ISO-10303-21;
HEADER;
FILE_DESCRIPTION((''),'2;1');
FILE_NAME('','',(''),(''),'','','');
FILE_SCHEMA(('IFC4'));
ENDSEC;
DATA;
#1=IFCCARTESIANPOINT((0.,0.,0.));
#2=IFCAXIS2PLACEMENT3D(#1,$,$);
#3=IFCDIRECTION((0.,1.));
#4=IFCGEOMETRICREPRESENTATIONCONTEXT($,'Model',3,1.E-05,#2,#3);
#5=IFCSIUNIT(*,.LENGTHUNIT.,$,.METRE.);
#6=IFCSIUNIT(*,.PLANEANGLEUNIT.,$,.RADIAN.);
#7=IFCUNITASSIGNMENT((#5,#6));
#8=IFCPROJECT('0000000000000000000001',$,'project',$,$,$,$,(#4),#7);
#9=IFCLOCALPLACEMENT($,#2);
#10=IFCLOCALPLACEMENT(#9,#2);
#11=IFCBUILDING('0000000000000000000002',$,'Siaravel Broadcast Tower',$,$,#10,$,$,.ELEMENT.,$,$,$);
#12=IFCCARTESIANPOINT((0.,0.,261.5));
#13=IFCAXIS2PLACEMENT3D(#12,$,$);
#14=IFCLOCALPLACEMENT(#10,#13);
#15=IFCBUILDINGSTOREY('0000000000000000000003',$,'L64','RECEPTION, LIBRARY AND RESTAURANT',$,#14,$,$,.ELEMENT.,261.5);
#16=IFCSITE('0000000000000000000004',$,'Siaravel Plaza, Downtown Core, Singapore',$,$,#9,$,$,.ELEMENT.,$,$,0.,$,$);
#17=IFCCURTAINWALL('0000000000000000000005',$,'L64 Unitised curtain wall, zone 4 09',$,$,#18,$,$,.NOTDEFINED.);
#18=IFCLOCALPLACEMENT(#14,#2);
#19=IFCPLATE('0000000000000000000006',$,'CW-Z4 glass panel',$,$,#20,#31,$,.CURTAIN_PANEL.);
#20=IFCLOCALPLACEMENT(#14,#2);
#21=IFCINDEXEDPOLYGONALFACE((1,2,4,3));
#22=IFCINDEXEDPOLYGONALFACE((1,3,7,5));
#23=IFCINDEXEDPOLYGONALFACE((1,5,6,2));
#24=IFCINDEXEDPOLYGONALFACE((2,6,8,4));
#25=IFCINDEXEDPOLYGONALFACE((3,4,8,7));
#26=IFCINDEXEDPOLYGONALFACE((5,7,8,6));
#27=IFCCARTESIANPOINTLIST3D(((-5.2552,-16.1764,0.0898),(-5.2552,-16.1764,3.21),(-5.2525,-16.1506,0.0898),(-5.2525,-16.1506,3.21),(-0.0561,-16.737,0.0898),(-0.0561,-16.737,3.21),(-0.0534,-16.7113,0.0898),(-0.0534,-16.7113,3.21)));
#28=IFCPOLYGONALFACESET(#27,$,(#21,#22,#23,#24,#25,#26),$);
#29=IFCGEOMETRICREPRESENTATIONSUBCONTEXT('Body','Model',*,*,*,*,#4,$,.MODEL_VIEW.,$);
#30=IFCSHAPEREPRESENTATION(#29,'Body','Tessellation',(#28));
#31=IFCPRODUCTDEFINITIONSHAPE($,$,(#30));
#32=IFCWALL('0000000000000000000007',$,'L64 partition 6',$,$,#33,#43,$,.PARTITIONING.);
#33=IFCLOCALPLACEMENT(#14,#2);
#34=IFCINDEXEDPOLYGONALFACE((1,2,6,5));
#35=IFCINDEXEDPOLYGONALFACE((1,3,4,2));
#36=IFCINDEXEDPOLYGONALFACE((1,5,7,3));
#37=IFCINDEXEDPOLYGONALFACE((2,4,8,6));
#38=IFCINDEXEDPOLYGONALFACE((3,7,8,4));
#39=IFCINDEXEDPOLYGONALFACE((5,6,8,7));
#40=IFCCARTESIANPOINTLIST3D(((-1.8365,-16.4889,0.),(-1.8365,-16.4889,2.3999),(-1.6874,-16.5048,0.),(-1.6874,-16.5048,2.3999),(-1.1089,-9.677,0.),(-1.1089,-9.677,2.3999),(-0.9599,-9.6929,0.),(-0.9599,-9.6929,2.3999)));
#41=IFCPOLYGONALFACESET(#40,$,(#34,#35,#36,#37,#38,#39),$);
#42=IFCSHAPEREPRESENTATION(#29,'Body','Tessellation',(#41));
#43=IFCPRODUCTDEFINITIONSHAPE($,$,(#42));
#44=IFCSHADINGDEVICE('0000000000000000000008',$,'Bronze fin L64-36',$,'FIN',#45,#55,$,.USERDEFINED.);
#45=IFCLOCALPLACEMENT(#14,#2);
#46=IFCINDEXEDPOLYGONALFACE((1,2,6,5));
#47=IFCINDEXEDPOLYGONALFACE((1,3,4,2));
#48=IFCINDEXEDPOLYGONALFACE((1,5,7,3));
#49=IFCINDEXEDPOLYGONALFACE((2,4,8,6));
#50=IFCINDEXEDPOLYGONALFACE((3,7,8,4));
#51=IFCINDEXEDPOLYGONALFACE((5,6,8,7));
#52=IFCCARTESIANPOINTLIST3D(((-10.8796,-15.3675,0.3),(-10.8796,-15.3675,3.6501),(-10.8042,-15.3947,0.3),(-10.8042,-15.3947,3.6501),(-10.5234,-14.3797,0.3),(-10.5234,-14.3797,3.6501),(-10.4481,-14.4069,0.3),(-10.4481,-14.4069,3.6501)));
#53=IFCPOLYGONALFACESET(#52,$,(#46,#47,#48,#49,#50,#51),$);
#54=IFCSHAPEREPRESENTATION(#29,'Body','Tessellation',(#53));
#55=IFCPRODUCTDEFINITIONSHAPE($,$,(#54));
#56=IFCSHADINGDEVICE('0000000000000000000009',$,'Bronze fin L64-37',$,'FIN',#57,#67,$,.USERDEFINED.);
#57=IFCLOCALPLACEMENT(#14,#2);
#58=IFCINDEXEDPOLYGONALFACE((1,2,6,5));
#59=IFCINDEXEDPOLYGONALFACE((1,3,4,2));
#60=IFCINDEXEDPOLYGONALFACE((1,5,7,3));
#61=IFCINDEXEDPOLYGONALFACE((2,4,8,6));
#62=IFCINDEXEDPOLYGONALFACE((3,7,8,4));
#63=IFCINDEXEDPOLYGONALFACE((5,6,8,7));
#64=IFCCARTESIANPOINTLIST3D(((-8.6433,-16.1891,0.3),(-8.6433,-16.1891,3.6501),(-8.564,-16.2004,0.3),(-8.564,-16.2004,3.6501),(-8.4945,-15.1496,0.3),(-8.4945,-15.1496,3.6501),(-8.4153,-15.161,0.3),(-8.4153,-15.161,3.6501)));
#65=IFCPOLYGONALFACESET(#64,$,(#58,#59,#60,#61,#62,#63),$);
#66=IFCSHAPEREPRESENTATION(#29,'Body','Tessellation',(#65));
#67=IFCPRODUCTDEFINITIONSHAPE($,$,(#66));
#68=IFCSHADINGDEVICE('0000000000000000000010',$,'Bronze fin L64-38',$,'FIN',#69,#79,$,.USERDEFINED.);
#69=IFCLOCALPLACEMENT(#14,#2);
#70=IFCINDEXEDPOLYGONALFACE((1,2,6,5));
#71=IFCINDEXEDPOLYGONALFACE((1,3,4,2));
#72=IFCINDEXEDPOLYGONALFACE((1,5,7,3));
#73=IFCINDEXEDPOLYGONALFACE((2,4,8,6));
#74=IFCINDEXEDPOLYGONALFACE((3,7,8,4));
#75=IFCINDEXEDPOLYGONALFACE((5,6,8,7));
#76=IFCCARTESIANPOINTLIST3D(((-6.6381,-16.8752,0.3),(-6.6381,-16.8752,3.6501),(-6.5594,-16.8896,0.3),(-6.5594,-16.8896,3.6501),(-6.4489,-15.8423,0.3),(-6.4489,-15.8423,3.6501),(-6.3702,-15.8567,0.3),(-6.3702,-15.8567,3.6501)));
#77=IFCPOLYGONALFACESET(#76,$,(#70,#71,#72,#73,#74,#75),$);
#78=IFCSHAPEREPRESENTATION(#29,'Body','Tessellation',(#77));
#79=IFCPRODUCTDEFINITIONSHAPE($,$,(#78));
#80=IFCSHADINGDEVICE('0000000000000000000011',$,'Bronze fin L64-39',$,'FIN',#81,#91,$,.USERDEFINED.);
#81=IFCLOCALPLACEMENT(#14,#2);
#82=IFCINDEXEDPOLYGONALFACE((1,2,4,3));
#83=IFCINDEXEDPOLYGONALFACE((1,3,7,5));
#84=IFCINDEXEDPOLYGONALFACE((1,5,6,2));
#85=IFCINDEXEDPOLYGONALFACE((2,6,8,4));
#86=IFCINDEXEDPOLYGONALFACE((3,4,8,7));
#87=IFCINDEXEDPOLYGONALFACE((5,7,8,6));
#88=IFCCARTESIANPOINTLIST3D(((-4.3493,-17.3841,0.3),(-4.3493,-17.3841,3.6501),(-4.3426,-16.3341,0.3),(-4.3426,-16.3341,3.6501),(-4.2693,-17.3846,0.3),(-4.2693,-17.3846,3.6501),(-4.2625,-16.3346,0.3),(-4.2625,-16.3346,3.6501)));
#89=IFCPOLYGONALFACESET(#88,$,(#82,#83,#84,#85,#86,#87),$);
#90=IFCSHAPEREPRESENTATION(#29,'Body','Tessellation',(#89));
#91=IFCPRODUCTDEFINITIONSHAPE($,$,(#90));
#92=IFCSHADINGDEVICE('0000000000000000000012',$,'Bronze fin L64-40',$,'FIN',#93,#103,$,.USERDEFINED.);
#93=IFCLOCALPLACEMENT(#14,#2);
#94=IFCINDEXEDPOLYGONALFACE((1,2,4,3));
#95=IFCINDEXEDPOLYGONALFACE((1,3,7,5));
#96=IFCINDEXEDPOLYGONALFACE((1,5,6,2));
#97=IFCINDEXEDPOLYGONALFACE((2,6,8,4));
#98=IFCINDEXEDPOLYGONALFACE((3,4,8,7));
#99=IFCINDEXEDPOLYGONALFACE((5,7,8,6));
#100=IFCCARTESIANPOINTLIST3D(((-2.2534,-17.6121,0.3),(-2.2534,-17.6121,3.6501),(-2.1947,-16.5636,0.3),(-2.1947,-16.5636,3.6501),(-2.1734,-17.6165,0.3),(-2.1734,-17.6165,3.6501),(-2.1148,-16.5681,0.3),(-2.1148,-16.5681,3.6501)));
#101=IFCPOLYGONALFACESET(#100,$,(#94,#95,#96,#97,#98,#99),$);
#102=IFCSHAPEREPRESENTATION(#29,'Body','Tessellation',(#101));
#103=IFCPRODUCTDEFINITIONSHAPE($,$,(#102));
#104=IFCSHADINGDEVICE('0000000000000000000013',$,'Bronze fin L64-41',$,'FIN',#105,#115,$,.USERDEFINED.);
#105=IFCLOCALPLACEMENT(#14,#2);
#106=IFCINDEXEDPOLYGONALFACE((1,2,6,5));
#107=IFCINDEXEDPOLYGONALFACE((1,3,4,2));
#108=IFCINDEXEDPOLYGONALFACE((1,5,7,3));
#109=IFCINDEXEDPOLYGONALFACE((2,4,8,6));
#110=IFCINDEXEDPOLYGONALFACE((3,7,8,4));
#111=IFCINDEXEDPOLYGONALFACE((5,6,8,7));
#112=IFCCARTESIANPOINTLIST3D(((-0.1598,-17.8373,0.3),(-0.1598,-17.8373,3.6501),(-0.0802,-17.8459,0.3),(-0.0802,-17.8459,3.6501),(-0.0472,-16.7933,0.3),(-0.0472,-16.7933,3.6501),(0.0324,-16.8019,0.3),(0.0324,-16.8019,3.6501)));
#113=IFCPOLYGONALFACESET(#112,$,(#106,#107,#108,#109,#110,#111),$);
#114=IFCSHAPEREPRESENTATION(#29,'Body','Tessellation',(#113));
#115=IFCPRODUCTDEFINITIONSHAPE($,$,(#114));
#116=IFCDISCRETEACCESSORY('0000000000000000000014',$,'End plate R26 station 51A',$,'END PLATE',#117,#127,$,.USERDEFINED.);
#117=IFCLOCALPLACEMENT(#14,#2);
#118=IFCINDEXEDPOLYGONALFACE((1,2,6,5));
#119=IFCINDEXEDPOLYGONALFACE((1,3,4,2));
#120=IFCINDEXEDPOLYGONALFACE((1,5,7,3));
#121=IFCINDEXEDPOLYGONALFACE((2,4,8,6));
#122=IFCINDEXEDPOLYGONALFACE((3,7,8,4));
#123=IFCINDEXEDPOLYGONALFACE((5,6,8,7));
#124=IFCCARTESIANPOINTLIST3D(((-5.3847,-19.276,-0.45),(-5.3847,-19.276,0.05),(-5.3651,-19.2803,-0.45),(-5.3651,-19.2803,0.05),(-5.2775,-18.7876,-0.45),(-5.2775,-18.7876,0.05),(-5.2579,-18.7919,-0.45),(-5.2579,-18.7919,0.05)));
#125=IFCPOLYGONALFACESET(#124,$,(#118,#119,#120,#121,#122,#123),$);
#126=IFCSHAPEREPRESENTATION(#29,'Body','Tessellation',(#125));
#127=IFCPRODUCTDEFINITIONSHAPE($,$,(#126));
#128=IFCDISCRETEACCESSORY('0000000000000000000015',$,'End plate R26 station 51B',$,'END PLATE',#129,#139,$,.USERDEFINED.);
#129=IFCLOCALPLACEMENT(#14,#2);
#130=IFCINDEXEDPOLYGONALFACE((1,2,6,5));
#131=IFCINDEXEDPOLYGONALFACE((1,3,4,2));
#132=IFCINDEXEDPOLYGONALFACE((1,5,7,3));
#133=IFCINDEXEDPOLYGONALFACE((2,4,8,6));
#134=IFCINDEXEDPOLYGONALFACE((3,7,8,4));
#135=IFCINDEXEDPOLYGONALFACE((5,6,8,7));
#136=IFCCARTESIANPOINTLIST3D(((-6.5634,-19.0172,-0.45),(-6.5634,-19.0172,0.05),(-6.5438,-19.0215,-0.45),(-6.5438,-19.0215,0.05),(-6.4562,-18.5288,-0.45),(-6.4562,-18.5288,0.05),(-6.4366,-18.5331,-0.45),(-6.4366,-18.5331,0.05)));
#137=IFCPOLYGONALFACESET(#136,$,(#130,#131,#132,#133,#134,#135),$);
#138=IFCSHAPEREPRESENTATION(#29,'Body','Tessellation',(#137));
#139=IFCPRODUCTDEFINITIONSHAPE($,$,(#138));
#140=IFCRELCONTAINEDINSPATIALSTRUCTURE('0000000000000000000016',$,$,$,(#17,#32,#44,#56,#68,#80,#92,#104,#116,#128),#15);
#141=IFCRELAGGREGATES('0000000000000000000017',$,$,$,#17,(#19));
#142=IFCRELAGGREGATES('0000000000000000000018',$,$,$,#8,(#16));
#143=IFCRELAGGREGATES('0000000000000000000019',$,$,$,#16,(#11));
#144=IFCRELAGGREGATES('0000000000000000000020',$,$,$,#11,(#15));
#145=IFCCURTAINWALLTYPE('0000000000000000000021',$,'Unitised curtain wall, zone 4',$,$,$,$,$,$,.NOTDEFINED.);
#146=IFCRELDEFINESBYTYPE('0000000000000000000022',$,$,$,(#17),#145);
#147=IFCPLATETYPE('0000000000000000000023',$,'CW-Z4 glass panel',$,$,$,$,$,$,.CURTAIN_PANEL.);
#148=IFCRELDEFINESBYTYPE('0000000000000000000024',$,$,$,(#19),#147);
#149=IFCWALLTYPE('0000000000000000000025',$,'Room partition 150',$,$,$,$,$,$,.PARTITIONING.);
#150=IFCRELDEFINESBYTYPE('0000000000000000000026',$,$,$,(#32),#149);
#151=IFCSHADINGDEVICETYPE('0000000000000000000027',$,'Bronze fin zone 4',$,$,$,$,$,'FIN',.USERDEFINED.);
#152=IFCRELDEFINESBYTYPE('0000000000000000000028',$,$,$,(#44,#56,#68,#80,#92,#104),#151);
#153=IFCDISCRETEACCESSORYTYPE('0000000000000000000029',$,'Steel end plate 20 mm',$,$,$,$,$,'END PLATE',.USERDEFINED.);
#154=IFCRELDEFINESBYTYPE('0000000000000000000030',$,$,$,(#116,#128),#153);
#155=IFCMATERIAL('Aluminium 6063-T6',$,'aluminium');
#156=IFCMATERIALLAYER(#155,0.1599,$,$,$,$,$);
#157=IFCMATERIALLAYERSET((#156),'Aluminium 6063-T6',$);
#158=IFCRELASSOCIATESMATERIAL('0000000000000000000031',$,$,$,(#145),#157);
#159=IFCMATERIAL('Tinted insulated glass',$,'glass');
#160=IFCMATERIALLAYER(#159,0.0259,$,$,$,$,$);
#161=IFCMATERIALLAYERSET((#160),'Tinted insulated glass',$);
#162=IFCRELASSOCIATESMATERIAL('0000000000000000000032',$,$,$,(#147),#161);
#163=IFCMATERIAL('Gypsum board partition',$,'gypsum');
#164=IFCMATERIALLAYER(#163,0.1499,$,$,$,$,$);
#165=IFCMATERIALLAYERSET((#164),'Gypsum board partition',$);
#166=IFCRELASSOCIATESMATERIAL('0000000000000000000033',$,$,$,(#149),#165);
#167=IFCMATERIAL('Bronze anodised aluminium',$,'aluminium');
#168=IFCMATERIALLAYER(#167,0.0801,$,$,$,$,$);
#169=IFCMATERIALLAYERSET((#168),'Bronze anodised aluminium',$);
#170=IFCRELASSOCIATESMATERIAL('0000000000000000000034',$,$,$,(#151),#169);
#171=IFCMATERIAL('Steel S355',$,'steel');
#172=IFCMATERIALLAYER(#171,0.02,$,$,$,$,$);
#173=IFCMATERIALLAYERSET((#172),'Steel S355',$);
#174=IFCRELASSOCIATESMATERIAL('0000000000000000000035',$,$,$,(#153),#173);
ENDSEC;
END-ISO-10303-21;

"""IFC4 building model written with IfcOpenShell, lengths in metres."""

from ifc_helpers import new_model, si_unit, direction, frame, frame_2d, origin, origin_2d, place, context, subcontext, project, spatial, rectangle, extrude, material, layer, layer_set, type_object, element, aggregate, save


model = new_model("IFC4")

# Units and contexts
model_context = context("Model", 3, precision=1e-05, world=origin(), true_north=direction((0.0, 1.0)))
body_context = subcontext(model_context, "Body", "Model", "MODEL_VIEW")
ifc_project = project(units=[si_unit("LENGTHUNIT", "METRE"), si_unit("PLANEANGLEUNIT", "RADIAN")], contexts=[model_context])

# Site, building, storey
site_placement = place(None, origin())
site = spatial("IfcSite", under=ifc_project, at=site_placement, Name="Siaravel Plaza, Downtown Core, Singapore", CompositionType="ELEMENT", RefElevation=0.0)
building_placement = place(site_placement, origin())
building = spatial("IfcBuilding", under=site, at=building_placement, Name="Siaravel Broadcast Tower", CompositionType="ELEMENT")
storey_placement = place(building_placement, frame((0.0, 0.0, 261.5)))
storey = spatial("IfcBuildingStorey", under=building, at=storey_placement, Name="L64", Description="RECEPTION, LIBRARY AND RESTAURANT", CompositionType="ELEMENT", Elevation=261.5)

# Shared definitions
ifc_material_1 = material(Name="Steel S355", Category="steel")

# Curtain wall
ifc_material_2 = material(Name="Aluminium 6063-T6", Category="aluminium")
ifc_layer_1 = layer(ifc_material_2, 0.1599)
ifc_layer_set_1 = layer_set([ifc_layer_1], Name="Aluminium 6063-T6")
curtain_wall_type = type_object("IfcCurtainWallType", Name="Unitised curtain wall, zone 4", PredefinedType="NOTDEFINED", material=ifc_layer_set_1)
curtain_wall_placement = place(storey_placement, origin())
curtain_wall = element("IfcCurtainWall", 1, at=curtain_wall_placement, inside=storey, type_object=curtain_wall_type, Name="L64 Unitised curtain wall, zone 4 09", PredefinedType="NOTDEFINED")

# Plate
ifc_material_3 = material(Name="Tinted insulated glass", Category="glass")
ifc_layer_2 = layer(ifc_material_3, 0.0259)
ifc_layer_set_2 = layer_set([ifc_layer_2], Name="Tinted insulated glass")
plate_type = type_object("IfcPlateType", Name="CW-Z4 glass panel", PredefinedType="CURTAIN_PANEL", material=ifc_layer_set_2)
plate_1_placement = place(storey_placement, frame((-2.6543, -16.4438, 0.0898), z_axis=(0.0, 0.0, 1.0), x_axis=(0.994236, -0.107218, 0.0)))
plate_1 = element("IfcPlate", 2, at=plate_1_placement, type_object=plate_type, Name="CW-Z4 glass panel", PredefinedType="CURTAIN_PANEL", context=body_context, shape_type="SweptSolid", body=[
    extrude(rectangle(XDim=5.2292, YDim=0.0259, at=origin_2d()), origin(), (0.0, 0.0, 1.0), 3.1201),
])
aggregate(curtain_wall, [plate_1])

# Wall
ifc_material_4 = material(Name="Gypsum board partition", Category="gypsum")
ifc_layer_3 = layer(ifc_material_4, 0.1499)
ifc_layer_set_3 = layer_set([ifc_layer_3], Name="Gypsum board partition")
wall_type = type_object("IfcWallType", Name="Room partition 150", PredefinedType="PARTITIONING", material=ifc_layer_set_3)
wall_placement = place(storey_placement, frame((-1.762, -16.4968, 0.0), z_axis=(0.0, 0.0, 1.0), x_axis=(0.106202, 0.994345, 0.0)))
element("IfcWall", 3, at=wall_placement, inside=storey, type_object=wall_type, Name="L64 partition 6", PredefinedType="PARTITIONING", context=body_context, shape_type="SweptSolid", body=[
    extrude(rectangle(XDim=6.8506, YDim=0.1499, at=frame_2d((3.4253, 0.0))), origin(), (0.0, 0.0, 1.0), 2.3999),
])

# Shading devices
ifc_material_5 = material(Name="Bronze anodised aluminium", Category="aluminium")
ifc_layer_4 = layer(ifc_material_5, 0.0801)
ifc_layer_set_4 = layer_set([ifc_layer_4], Name="Bronze anodised aluminium")
shading_device_type = type_object("IfcShadingDeviceType", Name="Bronze fin zone 4", ElementType="FIN", PredefinedType="USERDEFINED", material=ifc_layer_set_4)
for number, where, z_axis, x_axis, name in (
    (4, (-10.6638, -14.8872, 0.3), (0.0, 0.0, 1.0), (-0.339173, -0.940724, 0.0), "Bronze fin L64-36"),
    (5, (-8.5293, -15.675, 0.3), (0.0, 0.0, 1.0), (-0.141682, -0.989912, 0.0), "Bronze fin L64-37"),
    (6, (-6.5042, -16.366, 0.3), (0.0, 0.0, 1.0), (-0.180166, -0.983636, 0.0), "Bronze fin L64-38"),
    (7, (-4.3059, -16.8594, 0.3), (0.0, 0.0, 1.0), (-0.006451, -0.999979, 0.0), "Bronze fin L64-39"),
    (8, (-2.1841, -17.0901, 0.3), (0.0, 0.0, 1.0), (-0.055874, -0.998438, 0.0), "Bronze fin L64-40"),
    (9, (-0.0637, -17.3196, 0.3), (0.0, 0.0, 1.0), (-0.107219, -0.994235, 0.0), "Bronze fin L64-41"),
):
    element("IfcShadingDevice", number, at=place(storey_placement, frame(where, z_axis=z_axis, x_axis=x_axis)), inside=storey, type_object=shading_device_type, Name=name, ObjectType="FIN", PredefinedType="USERDEFINED", context=body_context, shape_type="SweptSolid", body=[
        extrude(rectangle(XDim=1.05, YDim=0.0801, at=origin_2d()), origin(), (0.0, 0.0, 1.0), 3.3501),
    ])

# Discrete accessories
ifc_layer_5 = layer(ifc_material_1, 0.02)
ifc_layer_set_5 = layer_set([ifc_layer_5], Name="Steel S355")
discrete_accessory_type = type_object("IfcDiscreteAccessoryType", Name="Steel end plate 20 mm", ElementType="END PLATE", PredefinedType="USERDEFINED", material=ifc_layer_set_5)
for number, where, z_axis, x_axis, name in (
    (10, (-5.3213, -19.0339, -0.45), (0.0, 0.0, 1.0), (0.976751, -0.214377, 0.0), "End plate R26 station 51A"),
    (11, (-6.5, -18.7751, -0.45), (0.0, 0.0, 1.0), (0.976751, -0.214377, 0.0), "End plate R26 station 51B"),
):
    element("IfcDiscreteAccessory", number, at=place(storey_placement, frame(where, z_axis=z_axis, x_axis=x_axis)), inside=storey, type_object=discrete_accessory_type, Name=name, ObjectType="END PLATE", PredefinedType="USERDEFINED", context=body_context, shape_type="SweptSolid", body=[
        extrude(rectangle(XDim=0.02, YDim=0.5, at=origin_2d()), origin(), (0.0, 0.0, 1.0), 0.5),
    ])

save(model, "model.ifc")
